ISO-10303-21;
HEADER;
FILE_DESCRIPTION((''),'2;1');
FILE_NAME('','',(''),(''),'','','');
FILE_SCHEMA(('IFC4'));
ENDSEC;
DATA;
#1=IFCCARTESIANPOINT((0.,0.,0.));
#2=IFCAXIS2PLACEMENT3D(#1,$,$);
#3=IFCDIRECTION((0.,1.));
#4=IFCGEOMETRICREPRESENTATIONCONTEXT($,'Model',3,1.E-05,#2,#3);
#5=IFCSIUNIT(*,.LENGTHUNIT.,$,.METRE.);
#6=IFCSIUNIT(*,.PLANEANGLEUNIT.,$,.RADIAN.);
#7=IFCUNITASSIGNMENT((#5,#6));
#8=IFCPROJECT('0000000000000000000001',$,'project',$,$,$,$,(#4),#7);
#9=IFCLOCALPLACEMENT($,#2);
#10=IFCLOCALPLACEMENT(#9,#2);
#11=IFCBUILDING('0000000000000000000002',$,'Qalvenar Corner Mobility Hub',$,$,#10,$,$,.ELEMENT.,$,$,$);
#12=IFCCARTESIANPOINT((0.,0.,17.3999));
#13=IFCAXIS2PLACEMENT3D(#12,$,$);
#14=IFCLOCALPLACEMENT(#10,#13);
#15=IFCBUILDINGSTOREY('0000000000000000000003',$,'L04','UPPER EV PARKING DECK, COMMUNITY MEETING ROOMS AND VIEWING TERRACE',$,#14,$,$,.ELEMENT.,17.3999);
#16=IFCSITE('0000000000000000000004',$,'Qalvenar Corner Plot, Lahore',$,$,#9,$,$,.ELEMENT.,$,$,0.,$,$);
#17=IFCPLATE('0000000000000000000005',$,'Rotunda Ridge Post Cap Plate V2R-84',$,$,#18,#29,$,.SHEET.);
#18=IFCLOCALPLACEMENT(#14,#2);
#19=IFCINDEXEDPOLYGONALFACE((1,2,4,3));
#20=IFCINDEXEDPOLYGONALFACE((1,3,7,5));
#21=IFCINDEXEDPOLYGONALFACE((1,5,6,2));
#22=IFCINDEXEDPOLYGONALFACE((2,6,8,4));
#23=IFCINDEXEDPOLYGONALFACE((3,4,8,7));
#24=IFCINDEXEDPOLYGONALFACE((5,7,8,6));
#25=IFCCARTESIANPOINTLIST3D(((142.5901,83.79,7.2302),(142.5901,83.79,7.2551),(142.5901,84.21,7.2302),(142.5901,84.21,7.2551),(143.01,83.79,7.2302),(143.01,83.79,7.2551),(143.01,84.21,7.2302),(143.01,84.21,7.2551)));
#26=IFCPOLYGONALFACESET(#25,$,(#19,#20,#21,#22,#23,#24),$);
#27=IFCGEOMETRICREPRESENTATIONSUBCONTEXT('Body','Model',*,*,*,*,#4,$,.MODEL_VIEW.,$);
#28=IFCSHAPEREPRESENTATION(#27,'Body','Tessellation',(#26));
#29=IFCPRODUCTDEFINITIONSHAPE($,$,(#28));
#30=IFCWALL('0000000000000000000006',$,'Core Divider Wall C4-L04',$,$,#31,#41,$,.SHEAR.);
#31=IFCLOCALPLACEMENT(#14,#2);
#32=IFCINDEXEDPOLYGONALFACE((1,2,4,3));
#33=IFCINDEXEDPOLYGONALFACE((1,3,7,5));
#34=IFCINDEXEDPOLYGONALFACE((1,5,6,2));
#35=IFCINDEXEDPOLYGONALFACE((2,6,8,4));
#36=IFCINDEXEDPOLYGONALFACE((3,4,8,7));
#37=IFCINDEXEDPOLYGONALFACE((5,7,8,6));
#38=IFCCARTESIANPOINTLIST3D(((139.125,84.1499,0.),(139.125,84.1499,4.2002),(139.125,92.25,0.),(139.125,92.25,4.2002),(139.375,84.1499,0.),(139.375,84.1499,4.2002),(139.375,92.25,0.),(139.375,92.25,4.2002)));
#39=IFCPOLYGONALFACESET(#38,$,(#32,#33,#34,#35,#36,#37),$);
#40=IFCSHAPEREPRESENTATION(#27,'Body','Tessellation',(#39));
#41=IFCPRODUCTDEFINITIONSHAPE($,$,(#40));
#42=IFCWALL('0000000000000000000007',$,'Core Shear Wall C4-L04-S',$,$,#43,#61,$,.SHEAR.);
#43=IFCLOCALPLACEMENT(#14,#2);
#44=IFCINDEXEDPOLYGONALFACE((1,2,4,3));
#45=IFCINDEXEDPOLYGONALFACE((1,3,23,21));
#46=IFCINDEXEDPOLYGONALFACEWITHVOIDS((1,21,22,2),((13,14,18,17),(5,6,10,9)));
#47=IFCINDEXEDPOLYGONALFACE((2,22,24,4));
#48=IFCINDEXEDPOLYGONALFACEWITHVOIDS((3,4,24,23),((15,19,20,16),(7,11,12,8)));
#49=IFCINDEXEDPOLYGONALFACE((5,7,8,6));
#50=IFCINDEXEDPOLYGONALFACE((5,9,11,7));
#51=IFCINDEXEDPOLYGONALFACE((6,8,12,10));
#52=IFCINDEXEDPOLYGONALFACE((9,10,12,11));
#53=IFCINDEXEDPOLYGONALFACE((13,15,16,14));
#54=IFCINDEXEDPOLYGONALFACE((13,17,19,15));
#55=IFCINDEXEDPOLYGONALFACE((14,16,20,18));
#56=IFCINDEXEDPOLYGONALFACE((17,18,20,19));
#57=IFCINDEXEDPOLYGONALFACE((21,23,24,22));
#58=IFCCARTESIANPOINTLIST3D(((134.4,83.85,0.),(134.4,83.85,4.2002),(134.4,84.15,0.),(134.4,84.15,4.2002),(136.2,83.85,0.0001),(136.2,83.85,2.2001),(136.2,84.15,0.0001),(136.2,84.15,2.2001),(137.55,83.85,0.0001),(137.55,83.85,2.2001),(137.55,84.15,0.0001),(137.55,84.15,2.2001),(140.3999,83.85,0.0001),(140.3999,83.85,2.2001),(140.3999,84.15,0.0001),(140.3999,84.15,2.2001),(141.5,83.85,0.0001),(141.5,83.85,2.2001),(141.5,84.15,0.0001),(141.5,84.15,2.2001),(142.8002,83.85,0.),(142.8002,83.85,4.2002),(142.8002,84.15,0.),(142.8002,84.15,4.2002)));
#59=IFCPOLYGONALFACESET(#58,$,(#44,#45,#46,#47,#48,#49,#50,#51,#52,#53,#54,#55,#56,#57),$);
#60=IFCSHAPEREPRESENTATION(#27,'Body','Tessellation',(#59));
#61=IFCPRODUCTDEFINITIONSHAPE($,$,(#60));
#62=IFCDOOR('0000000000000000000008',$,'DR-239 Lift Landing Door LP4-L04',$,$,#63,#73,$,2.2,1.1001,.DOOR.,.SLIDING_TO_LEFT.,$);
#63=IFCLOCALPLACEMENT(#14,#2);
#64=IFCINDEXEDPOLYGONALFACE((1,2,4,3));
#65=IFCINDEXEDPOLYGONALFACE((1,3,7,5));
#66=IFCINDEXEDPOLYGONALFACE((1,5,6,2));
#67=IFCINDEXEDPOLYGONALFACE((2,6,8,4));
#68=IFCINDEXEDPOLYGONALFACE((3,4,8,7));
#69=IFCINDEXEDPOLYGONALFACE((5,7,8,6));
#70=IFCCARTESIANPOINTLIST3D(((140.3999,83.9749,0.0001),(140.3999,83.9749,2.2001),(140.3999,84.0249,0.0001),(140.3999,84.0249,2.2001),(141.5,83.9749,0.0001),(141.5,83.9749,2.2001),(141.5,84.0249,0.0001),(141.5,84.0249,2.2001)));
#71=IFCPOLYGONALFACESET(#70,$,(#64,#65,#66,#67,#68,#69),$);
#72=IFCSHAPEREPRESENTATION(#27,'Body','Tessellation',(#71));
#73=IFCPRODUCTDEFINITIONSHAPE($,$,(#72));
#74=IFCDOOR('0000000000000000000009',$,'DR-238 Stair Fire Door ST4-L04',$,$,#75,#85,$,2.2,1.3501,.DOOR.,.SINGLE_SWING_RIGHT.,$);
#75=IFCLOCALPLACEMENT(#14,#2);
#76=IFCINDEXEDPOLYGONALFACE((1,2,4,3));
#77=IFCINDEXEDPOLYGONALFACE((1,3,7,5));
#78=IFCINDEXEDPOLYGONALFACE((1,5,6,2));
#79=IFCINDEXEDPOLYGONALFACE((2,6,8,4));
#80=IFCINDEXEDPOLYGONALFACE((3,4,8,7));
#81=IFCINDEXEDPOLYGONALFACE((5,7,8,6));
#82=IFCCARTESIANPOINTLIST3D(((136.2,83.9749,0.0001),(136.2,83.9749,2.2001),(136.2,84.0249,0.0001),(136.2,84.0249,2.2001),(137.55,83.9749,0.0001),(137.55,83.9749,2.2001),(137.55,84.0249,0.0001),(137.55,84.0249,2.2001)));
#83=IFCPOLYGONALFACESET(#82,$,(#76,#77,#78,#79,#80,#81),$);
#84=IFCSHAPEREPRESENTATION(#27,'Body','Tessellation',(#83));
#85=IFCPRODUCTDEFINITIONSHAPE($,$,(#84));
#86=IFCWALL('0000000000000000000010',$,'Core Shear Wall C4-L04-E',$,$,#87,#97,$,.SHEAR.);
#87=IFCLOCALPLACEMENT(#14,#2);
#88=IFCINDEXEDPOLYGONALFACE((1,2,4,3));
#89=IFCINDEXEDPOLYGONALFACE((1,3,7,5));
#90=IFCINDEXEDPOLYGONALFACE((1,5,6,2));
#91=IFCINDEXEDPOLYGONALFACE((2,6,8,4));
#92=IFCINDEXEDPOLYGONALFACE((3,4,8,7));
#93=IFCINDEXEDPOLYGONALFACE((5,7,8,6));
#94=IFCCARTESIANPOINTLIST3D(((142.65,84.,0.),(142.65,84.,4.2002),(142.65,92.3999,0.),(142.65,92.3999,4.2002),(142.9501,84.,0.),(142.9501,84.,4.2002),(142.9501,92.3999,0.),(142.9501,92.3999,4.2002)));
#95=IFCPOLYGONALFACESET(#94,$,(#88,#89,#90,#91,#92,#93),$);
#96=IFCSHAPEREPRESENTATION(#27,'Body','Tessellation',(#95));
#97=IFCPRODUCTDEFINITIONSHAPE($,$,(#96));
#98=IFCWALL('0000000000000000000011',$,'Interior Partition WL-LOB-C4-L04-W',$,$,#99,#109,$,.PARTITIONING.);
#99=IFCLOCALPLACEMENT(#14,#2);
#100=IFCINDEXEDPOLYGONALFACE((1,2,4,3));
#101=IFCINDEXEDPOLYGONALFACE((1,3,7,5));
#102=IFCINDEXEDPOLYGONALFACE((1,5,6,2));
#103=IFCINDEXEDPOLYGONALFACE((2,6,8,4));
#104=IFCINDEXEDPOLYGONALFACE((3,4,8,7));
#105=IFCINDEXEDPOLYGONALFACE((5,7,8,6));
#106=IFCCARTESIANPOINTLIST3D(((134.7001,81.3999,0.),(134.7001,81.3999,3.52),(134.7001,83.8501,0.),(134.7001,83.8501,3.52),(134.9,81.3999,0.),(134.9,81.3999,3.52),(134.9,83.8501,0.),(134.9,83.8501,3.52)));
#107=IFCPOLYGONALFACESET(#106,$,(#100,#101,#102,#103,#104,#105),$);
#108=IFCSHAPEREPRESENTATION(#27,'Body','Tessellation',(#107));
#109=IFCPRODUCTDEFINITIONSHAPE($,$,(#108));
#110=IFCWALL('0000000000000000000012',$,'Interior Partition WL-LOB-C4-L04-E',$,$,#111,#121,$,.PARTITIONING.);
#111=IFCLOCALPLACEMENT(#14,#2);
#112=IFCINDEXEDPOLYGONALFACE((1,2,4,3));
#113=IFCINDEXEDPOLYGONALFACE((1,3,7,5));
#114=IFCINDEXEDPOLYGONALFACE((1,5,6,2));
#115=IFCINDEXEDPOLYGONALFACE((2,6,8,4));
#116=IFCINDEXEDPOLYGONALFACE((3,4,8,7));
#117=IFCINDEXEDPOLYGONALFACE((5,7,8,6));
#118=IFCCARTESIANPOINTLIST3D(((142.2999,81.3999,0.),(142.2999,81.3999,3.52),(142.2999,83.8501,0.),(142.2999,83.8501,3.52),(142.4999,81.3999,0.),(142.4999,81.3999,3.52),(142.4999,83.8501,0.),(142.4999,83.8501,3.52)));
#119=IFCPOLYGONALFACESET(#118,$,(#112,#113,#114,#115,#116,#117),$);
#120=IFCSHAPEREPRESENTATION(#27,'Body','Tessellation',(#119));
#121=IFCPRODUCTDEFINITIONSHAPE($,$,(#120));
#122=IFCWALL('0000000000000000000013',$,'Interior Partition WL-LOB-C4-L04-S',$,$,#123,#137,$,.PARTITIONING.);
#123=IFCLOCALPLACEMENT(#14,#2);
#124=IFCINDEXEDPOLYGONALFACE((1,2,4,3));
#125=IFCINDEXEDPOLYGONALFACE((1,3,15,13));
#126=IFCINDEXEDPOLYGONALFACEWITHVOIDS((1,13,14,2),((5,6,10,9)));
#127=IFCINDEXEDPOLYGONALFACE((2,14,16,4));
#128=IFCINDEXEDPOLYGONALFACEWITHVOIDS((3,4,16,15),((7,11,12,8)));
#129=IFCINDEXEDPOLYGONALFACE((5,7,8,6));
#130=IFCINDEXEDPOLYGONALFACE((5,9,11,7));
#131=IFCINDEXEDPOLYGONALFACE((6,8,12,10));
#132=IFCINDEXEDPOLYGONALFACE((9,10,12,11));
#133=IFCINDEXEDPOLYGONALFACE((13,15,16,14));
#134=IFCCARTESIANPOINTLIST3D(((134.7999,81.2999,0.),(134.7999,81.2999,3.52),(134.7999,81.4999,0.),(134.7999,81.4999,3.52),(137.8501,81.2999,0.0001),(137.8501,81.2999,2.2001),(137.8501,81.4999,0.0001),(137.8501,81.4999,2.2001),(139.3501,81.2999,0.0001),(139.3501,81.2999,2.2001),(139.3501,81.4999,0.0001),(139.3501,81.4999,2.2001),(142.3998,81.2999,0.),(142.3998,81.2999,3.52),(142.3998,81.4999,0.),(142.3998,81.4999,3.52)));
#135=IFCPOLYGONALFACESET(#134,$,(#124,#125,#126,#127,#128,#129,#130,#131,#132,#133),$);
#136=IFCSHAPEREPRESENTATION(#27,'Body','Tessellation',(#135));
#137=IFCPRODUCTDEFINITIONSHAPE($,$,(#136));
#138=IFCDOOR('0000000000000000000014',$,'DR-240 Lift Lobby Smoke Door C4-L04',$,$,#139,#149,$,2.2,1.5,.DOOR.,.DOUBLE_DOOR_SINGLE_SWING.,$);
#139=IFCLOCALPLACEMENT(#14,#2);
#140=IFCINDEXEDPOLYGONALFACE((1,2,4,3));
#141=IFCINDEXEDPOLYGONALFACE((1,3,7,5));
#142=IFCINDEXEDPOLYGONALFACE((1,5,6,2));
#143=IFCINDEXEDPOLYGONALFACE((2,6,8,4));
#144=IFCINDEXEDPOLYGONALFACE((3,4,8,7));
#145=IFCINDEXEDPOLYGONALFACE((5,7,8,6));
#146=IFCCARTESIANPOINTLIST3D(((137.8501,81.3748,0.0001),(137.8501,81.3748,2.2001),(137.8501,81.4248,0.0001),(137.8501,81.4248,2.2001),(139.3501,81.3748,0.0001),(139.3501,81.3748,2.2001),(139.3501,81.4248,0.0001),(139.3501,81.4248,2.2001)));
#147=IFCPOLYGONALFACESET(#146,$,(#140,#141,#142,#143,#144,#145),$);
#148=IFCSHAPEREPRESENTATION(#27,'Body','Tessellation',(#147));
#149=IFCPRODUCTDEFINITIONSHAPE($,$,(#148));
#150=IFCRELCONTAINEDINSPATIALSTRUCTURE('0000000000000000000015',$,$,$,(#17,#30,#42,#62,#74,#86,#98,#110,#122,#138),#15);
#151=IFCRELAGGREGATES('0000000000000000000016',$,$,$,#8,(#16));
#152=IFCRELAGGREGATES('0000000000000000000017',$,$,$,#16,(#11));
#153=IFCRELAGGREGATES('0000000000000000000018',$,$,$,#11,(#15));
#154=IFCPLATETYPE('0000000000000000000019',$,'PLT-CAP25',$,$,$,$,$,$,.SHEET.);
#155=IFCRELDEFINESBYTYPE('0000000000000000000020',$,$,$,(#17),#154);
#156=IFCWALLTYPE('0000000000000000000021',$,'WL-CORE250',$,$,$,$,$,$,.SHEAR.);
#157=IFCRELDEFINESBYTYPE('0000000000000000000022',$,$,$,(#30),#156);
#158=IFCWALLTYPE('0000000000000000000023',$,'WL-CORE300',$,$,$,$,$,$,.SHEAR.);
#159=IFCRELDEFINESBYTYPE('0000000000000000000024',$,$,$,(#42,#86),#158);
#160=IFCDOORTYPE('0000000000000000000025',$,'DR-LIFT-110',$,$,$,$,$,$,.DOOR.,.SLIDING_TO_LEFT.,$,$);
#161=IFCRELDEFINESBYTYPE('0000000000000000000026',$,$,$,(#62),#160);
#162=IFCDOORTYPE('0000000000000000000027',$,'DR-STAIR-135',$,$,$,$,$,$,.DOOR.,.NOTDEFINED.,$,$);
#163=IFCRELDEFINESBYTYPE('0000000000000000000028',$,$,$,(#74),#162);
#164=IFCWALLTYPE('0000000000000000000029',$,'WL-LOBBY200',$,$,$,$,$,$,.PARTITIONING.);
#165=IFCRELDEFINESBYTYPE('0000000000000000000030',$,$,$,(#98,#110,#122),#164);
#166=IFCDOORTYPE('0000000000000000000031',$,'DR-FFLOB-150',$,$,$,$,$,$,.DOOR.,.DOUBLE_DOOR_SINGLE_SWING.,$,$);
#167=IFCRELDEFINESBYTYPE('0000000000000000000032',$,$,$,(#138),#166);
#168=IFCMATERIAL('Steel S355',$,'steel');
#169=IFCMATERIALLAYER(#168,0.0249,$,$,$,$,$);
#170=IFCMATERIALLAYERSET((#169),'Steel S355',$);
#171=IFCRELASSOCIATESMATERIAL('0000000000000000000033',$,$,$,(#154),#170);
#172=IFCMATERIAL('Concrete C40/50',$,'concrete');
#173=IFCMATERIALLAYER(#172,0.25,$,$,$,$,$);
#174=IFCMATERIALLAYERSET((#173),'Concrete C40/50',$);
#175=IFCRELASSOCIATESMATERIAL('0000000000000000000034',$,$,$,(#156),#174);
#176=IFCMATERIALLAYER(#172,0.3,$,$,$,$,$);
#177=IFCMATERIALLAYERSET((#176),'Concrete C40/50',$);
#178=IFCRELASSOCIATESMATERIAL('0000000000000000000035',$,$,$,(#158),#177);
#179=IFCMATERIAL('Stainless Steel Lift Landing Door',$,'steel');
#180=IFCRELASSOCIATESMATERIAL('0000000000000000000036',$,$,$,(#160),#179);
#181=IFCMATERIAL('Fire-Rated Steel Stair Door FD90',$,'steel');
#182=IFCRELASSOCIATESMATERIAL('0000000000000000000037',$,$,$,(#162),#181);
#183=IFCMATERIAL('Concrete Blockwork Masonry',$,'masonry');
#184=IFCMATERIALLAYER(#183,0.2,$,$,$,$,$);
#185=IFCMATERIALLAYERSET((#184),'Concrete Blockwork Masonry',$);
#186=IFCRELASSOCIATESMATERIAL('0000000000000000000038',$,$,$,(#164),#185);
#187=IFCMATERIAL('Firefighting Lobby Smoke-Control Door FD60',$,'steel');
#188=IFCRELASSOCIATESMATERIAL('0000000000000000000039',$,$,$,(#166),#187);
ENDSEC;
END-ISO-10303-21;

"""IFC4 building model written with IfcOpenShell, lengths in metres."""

from ifc_helpers import new_model, si_unit, direction, frame, frame_2d, origin, origin_2d, place, context, subcontext, project, spatial, rectangle, extrude, material, layer, layer_set, type_object, element, fill, save


model = new_model("IFC4")

# Units and contexts
model_context = context("Model", 3, precision=1e-05, world=origin(), true_north=direction((0.0, 1.0)))
body_context = subcontext(model_context, "Body", "Model", "MODEL_VIEW")
ifc_project = project(units=[si_unit("LENGTHUNIT", "METRE"), si_unit("PLANEANGLEUNIT", "RADIAN")], contexts=[model_context])

# Site, building, storey
site_placement = place(None, origin())
site = spatial("IfcSite", under=ifc_project, at=site_placement, Name="Qalvenar Corner Plot, Lahore", CompositionType="ELEMENT", RefElevation=0.0)
building_placement = place(site_placement, origin())
building = spatial("IfcBuilding", under=site, at=building_placement, Name="Qalvenar Corner Mobility Hub", CompositionType="ELEMENT")
storey_placement = place(building_placement, frame((0.0, 0.0, 17.3999)))
storey = spatial("IfcBuildingStorey", under=building, at=storey_placement, Name="L04", Description="UPPER EV PARKING DECK, COMMUNITY MEETING ROOMS AND VIEWING TERRACE", CompositionType="ELEMENT", Elevation=17.3999)

# Plate
ifc_material_1 = material(Name="Steel S355", Category="steel")
ifc_layer_1 = layer(ifc_material_1, 0.0249)
ifc_layer_set_1 = layer_set([ifc_layer_1], Name="Steel S355")
plate_type = type_object("IfcPlateType", Name="PLT-CAP25", PredefinedType="SHEET", material=ifc_layer_set_1)
plate_placement = place(storey_placement, frame((142.8, 84.0, 7.2302), z_axis=(0.0, 0.0, 1.0), x_axis=(1.0, 0.0, 0.0)))
element("IfcPlate", 1, at=plate_placement, inside=storey, type_object=plate_type, Name="Rotunda Ridge Post Cap Plate V2R-84", PredefinedType="SHEET", context=body_context, shape_type="SweptSolid", body=[
    extrude(rectangle(XDim=0.4199, YDim=0.4199, at=origin_2d()), origin(), (0.0, 0.0, 1.0), 0.0249),
])

# Wall
ifc_material_2 = material(Name="Concrete C40/50", Category="concrete")
ifc_layer_2 = layer(ifc_material_2, 0.25)
ifc_layer_set_2 = layer_set([ifc_layer_2], Name="Concrete C40/50")
wall_type_1 = type_object("IfcWallType", Name="WL-CORE250", PredefinedType="SHEAR", material=ifc_layer_set_2)
wall_1_placement = place(storey_placement, frame((139.25, 84.1499, 0.0), z_axis=(0.0, 0.0, 1.0), x_axis=(0.0, 1.0, 0.0)))
element("IfcWall", 2, at=wall_1_placement, inside=storey, type_object=wall_type_1, Name="Core Divider Wall C4-L04", PredefinedType="SHEAR", context=body_context, shape_type="SweptSolid", body=[
    extrude(rectangle(XDim=8.1001, YDim=0.25, at=frame_2d((4.05, 0.0))), origin(), (0.0, 0.0, 1.0), 4.2002),
])

# Wall, openings, doors
ifc_layer_3 = layer(ifc_material_2, 0.3)
ifc_layer_set_3 = layer_set([ifc_layer_3], Name="Concrete C40/50")
wall_type_2 = type_object("IfcWallType", Name="WL-CORE300", PredefinedType="SHEAR", material=ifc_layer_set_3)
wall_2_placement = place(storey_placement, frame((134.3999, 84.0, 0.0), z_axis=(0.0, 0.0, 1.0), x_axis=(1.0, 0.0, 0.0)))
wall_2 = element("IfcWall", 3, at=wall_2_placement, inside=storey, type_object=wall_type_2, Name="Core Shear Wall C4-L04-S", PredefinedType="SHEAR", context=body_context, shape_type="SweptSolid", body=[
    extrude(rectangle(XDim=8.4001, YDim=0.3, at=frame_2d((4.2002, 0.0))), origin(), (0.0, 0.0, 1.0), 4.2002),
])
opening_1_placement = place(wall_2_placement, frame((1.8, 0.0, 0.0)))
opening_1 = element("IfcOpeningElement", 4, at=opening_1_placement, cuts=wall_2, PredefinedType="OPENING", context=body_context, shape_type="SweptSolid", body=[
    extrude(rectangle(XDim=1.3501, YDim=2.2, at=frame_2d((0.675, 1.1001))), frame((0.0, 0.1602, 0.0), z_axis=(0.0, -1.0, 0.0), x_axis=(1.0, 0.0, 0.0)), (0.0, 0.0, 1.0), 0.3201),
])
opening_2_placement = place(wall_2_placement, frame((6.0, 0.0, 0.0)))
opening_2 = element("IfcOpeningElement", 5, at=opening_2_placement, cuts=wall_2, PredefinedType="OPENING", context=body_context, shape_type="SweptSolid", body=[
    extrude(rectangle(XDim=1.1001, YDim=2.2, at=frame_2d((0.55, 1.1001))), frame((0.0, 0.1602, 0.0), z_axis=(0.0, -1.0, 0.0), x_axis=(1.0, 0.0, 0.0)), (0.0, 0.0, 1.0), 0.3201),
])
ifc_material_3 = material(Name="Stainless Steel Lift Landing Door", Category="steel")
door_type_1 = type_object("IfcDoorType", Name="DR-LIFT-110", OperationType="SLIDING_TO_LEFT", PredefinedType="DOOR", material=ifc_material_3)
door_1_placement = place(opening_2_placement, origin())
door_1 = element("IfcDoor", 6, at=door_1_placement, inside=storey, type_object=door_type_1, Name="DR-239 Lift Landing Door LP4-L04", OperationType="SLIDING_TO_LEFT", OverallHeight=2.2, OverallWidth=1.1001, PredefinedType="DOOR", context=body_context, shape_type="SweptSolid", body=[
    extrude(rectangle(XDim=1.1001, YDim=2.2, at=frame_2d((0.55, 1.1001))), frame((0.0, 0.0249, 0.0), z_axis=(0.0, -1.0, 0.0), x_axis=(1.0, 0.0, 0.0)), (0.0, 0.0, 1.0), 0.05),
])
fill(opening_2, door_1)
ifc_material_4 = material(Name="Fire-Rated Steel Stair Door FD90", Category="steel")
door_type_2 = type_object("IfcDoorType", Name="DR-STAIR-135", OperationType="NOTDEFINED", PredefinedType="DOOR", material=ifc_material_4)
door_2_placement = place(opening_1_placement, origin())
door_2 = element("IfcDoor", 7, at=door_2_placement, inside=storey, type_object=door_type_2, Name="DR-238 Stair Fire Door ST4-L04", OperationType="SINGLE_SWING_RIGHT", OverallHeight=2.2, OverallWidth=1.3501, PredefinedType="DOOR", context=body_context, shape_type="SweptSolid", body=[
    extrude(rectangle(XDim=1.3501, YDim=2.2, at=frame_2d((0.675, 1.1001))), frame((0.0, 0.0249, 0.0), z_axis=(0.0, -1.0, 0.0), x_axis=(1.0, 0.0, 0.0)), (0.0, 0.0, 1.0), 0.05),
])
fill(opening_1, door_2)

# Walls
wall_3_placement = place(storey_placement, frame((142.8, 84.0, 0.0), z_axis=(0.0, 0.0, 1.0), x_axis=(0.0, 1.0, 0.0)))
element("IfcWall", 8, at=wall_3_placement, inside=storey, type_object=wall_type_2, Name="Core Shear Wall C4-L04-E", PredefinedType="SHEAR", context=body_context, shape_type="SweptSolid", body=[
    extrude(rectangle(XDim=8.3999, YDim=0.3, at=frame_2d((4.2, 0.0))), origin(), (0.0, 0.0, 1.0), 4.2002),
])
ifc_material_5 = material(Name="Concrete Blockwork Masonry", Category="masonry")
ifc_layer_4 = layer(ifc_material_5, 0.2)
ifc_layer_set_4 = layer_set([ifc_layer_4], Name="Concrete Blockwork Masonry")
wall_type_3 = type_object("IfcWallType", Name="WL-LOBBY200", PredefinedType="PARTITIONING", material=ifc_layer_set_4)
for number, where, z_axis, x_axis, name in (
    (9, (134.8, 81.3999, 0.0), (0.0, 0.0, 1.0), (0.0, 1.0, 0.0), "Interior Partition WL-LOB-C4-L04-W"),
    (10, (142.3999, 81.3999, 0.0), (0.0, 0.0, 1.0), (0.0, 1.0, 0.0), "Interior Partition WL-LOB-C4-L04-E"),
):
    element("IfcWall", number, at=place(storey_placement, frame(where, z_axis=z_axis, x_axis=x_axis)), inside=storey, type_object=wall_type_3, Name=name, PredefinedType="PARTITIONING", context=body_context, shape_type="SweptSolid", body=[
        extrude(rectangle(XDim=2.4502, YDim=0.2, at=frame_2d((1.2251, 0.0))), origin(), (0.0, 0.0, 1.0), 3.52),
    ])

# Wall, opening, door
wall_4_placement = place(storey_placement, frame((134.8, 81.3999, 0.0), z_axis=(0.0, 0.0, 1.0), x_axis=(1.0, 0.0, 0.0)))
wall_4 = element("IfcWall", 11, at=wall_4_placement, inside=storey, type_object=wall_type_3, Name="Interior Partition WL-LOB-C4-L04-S", PredefinedType="PARTITIONING", context=body_context, shape_type="SweptSolid", body=[
    extrude(rectangle(XDim=7.5999, YDim=0.2, at=frame_2d((3.7998, 0.0))), origin(), (0.0, 0.0, 1.0), 3.52),
])
opening_3_placement = place(wall_4_placement, frame((3.05, 0.0, 0.0)))
opening_3 = element("IfcOpeningElement", 12, at=opening_3_placement, cuts=wall_4, PredefinedType="OPENING", context=body_context, shape_type="SweptSolid", body=[
    extrude(rectangle(XDim=1.5, YDim=2.2, at=frame_2d((0.75, 1.1001))), frame((0.0, 0.1099, 0.0), z_axis=(0.0, -1.0, 0.0), x_axis=(1.0, 0.0, 0.0)), (0.0, 0.0, 1.0), 0.22),
])
ifc_material_6 = material(Name="Firefighting Lobby Smoke-Control Door FD60", Category="steel")
door_type_3 = type_object("IfcDoorType", Name="DR-FFLOB-150", OperationType="DOUBLE_DOOR_SINGLE_SWING", PredefinedType="DOOR", material=ifc_material_6)
door_3_placement = place(opening_3_placement, origin())
door_3 = element("IfcDoor", 13, at=door_3_placement, inside=storey, type_object=door_type_3, Name="DR-240 Lift Lobby Smoke Door C4-L04", OperationType="DOUBLE_DOOR_SINGLE_SWING", OverallHeight=2.2, OverallWidth=1.5, PredefinedType="DOOR", context=body_context, shape_type="SweptSolid", body=[
    extrude(rectangle(XDim=1.5, YDim=2.2, at=frame_2d((0.75, 1.1001))), frame((0.0, 0.0249, 0.0), z_axis=(0.0, -1.0, 0.0), x_axis=(1.0, 0.0, 0.0)), (0.0, 0.0, 1.0), 0.05),
])
fill(opening_3, door_3)

save(model, "model.ifc")
